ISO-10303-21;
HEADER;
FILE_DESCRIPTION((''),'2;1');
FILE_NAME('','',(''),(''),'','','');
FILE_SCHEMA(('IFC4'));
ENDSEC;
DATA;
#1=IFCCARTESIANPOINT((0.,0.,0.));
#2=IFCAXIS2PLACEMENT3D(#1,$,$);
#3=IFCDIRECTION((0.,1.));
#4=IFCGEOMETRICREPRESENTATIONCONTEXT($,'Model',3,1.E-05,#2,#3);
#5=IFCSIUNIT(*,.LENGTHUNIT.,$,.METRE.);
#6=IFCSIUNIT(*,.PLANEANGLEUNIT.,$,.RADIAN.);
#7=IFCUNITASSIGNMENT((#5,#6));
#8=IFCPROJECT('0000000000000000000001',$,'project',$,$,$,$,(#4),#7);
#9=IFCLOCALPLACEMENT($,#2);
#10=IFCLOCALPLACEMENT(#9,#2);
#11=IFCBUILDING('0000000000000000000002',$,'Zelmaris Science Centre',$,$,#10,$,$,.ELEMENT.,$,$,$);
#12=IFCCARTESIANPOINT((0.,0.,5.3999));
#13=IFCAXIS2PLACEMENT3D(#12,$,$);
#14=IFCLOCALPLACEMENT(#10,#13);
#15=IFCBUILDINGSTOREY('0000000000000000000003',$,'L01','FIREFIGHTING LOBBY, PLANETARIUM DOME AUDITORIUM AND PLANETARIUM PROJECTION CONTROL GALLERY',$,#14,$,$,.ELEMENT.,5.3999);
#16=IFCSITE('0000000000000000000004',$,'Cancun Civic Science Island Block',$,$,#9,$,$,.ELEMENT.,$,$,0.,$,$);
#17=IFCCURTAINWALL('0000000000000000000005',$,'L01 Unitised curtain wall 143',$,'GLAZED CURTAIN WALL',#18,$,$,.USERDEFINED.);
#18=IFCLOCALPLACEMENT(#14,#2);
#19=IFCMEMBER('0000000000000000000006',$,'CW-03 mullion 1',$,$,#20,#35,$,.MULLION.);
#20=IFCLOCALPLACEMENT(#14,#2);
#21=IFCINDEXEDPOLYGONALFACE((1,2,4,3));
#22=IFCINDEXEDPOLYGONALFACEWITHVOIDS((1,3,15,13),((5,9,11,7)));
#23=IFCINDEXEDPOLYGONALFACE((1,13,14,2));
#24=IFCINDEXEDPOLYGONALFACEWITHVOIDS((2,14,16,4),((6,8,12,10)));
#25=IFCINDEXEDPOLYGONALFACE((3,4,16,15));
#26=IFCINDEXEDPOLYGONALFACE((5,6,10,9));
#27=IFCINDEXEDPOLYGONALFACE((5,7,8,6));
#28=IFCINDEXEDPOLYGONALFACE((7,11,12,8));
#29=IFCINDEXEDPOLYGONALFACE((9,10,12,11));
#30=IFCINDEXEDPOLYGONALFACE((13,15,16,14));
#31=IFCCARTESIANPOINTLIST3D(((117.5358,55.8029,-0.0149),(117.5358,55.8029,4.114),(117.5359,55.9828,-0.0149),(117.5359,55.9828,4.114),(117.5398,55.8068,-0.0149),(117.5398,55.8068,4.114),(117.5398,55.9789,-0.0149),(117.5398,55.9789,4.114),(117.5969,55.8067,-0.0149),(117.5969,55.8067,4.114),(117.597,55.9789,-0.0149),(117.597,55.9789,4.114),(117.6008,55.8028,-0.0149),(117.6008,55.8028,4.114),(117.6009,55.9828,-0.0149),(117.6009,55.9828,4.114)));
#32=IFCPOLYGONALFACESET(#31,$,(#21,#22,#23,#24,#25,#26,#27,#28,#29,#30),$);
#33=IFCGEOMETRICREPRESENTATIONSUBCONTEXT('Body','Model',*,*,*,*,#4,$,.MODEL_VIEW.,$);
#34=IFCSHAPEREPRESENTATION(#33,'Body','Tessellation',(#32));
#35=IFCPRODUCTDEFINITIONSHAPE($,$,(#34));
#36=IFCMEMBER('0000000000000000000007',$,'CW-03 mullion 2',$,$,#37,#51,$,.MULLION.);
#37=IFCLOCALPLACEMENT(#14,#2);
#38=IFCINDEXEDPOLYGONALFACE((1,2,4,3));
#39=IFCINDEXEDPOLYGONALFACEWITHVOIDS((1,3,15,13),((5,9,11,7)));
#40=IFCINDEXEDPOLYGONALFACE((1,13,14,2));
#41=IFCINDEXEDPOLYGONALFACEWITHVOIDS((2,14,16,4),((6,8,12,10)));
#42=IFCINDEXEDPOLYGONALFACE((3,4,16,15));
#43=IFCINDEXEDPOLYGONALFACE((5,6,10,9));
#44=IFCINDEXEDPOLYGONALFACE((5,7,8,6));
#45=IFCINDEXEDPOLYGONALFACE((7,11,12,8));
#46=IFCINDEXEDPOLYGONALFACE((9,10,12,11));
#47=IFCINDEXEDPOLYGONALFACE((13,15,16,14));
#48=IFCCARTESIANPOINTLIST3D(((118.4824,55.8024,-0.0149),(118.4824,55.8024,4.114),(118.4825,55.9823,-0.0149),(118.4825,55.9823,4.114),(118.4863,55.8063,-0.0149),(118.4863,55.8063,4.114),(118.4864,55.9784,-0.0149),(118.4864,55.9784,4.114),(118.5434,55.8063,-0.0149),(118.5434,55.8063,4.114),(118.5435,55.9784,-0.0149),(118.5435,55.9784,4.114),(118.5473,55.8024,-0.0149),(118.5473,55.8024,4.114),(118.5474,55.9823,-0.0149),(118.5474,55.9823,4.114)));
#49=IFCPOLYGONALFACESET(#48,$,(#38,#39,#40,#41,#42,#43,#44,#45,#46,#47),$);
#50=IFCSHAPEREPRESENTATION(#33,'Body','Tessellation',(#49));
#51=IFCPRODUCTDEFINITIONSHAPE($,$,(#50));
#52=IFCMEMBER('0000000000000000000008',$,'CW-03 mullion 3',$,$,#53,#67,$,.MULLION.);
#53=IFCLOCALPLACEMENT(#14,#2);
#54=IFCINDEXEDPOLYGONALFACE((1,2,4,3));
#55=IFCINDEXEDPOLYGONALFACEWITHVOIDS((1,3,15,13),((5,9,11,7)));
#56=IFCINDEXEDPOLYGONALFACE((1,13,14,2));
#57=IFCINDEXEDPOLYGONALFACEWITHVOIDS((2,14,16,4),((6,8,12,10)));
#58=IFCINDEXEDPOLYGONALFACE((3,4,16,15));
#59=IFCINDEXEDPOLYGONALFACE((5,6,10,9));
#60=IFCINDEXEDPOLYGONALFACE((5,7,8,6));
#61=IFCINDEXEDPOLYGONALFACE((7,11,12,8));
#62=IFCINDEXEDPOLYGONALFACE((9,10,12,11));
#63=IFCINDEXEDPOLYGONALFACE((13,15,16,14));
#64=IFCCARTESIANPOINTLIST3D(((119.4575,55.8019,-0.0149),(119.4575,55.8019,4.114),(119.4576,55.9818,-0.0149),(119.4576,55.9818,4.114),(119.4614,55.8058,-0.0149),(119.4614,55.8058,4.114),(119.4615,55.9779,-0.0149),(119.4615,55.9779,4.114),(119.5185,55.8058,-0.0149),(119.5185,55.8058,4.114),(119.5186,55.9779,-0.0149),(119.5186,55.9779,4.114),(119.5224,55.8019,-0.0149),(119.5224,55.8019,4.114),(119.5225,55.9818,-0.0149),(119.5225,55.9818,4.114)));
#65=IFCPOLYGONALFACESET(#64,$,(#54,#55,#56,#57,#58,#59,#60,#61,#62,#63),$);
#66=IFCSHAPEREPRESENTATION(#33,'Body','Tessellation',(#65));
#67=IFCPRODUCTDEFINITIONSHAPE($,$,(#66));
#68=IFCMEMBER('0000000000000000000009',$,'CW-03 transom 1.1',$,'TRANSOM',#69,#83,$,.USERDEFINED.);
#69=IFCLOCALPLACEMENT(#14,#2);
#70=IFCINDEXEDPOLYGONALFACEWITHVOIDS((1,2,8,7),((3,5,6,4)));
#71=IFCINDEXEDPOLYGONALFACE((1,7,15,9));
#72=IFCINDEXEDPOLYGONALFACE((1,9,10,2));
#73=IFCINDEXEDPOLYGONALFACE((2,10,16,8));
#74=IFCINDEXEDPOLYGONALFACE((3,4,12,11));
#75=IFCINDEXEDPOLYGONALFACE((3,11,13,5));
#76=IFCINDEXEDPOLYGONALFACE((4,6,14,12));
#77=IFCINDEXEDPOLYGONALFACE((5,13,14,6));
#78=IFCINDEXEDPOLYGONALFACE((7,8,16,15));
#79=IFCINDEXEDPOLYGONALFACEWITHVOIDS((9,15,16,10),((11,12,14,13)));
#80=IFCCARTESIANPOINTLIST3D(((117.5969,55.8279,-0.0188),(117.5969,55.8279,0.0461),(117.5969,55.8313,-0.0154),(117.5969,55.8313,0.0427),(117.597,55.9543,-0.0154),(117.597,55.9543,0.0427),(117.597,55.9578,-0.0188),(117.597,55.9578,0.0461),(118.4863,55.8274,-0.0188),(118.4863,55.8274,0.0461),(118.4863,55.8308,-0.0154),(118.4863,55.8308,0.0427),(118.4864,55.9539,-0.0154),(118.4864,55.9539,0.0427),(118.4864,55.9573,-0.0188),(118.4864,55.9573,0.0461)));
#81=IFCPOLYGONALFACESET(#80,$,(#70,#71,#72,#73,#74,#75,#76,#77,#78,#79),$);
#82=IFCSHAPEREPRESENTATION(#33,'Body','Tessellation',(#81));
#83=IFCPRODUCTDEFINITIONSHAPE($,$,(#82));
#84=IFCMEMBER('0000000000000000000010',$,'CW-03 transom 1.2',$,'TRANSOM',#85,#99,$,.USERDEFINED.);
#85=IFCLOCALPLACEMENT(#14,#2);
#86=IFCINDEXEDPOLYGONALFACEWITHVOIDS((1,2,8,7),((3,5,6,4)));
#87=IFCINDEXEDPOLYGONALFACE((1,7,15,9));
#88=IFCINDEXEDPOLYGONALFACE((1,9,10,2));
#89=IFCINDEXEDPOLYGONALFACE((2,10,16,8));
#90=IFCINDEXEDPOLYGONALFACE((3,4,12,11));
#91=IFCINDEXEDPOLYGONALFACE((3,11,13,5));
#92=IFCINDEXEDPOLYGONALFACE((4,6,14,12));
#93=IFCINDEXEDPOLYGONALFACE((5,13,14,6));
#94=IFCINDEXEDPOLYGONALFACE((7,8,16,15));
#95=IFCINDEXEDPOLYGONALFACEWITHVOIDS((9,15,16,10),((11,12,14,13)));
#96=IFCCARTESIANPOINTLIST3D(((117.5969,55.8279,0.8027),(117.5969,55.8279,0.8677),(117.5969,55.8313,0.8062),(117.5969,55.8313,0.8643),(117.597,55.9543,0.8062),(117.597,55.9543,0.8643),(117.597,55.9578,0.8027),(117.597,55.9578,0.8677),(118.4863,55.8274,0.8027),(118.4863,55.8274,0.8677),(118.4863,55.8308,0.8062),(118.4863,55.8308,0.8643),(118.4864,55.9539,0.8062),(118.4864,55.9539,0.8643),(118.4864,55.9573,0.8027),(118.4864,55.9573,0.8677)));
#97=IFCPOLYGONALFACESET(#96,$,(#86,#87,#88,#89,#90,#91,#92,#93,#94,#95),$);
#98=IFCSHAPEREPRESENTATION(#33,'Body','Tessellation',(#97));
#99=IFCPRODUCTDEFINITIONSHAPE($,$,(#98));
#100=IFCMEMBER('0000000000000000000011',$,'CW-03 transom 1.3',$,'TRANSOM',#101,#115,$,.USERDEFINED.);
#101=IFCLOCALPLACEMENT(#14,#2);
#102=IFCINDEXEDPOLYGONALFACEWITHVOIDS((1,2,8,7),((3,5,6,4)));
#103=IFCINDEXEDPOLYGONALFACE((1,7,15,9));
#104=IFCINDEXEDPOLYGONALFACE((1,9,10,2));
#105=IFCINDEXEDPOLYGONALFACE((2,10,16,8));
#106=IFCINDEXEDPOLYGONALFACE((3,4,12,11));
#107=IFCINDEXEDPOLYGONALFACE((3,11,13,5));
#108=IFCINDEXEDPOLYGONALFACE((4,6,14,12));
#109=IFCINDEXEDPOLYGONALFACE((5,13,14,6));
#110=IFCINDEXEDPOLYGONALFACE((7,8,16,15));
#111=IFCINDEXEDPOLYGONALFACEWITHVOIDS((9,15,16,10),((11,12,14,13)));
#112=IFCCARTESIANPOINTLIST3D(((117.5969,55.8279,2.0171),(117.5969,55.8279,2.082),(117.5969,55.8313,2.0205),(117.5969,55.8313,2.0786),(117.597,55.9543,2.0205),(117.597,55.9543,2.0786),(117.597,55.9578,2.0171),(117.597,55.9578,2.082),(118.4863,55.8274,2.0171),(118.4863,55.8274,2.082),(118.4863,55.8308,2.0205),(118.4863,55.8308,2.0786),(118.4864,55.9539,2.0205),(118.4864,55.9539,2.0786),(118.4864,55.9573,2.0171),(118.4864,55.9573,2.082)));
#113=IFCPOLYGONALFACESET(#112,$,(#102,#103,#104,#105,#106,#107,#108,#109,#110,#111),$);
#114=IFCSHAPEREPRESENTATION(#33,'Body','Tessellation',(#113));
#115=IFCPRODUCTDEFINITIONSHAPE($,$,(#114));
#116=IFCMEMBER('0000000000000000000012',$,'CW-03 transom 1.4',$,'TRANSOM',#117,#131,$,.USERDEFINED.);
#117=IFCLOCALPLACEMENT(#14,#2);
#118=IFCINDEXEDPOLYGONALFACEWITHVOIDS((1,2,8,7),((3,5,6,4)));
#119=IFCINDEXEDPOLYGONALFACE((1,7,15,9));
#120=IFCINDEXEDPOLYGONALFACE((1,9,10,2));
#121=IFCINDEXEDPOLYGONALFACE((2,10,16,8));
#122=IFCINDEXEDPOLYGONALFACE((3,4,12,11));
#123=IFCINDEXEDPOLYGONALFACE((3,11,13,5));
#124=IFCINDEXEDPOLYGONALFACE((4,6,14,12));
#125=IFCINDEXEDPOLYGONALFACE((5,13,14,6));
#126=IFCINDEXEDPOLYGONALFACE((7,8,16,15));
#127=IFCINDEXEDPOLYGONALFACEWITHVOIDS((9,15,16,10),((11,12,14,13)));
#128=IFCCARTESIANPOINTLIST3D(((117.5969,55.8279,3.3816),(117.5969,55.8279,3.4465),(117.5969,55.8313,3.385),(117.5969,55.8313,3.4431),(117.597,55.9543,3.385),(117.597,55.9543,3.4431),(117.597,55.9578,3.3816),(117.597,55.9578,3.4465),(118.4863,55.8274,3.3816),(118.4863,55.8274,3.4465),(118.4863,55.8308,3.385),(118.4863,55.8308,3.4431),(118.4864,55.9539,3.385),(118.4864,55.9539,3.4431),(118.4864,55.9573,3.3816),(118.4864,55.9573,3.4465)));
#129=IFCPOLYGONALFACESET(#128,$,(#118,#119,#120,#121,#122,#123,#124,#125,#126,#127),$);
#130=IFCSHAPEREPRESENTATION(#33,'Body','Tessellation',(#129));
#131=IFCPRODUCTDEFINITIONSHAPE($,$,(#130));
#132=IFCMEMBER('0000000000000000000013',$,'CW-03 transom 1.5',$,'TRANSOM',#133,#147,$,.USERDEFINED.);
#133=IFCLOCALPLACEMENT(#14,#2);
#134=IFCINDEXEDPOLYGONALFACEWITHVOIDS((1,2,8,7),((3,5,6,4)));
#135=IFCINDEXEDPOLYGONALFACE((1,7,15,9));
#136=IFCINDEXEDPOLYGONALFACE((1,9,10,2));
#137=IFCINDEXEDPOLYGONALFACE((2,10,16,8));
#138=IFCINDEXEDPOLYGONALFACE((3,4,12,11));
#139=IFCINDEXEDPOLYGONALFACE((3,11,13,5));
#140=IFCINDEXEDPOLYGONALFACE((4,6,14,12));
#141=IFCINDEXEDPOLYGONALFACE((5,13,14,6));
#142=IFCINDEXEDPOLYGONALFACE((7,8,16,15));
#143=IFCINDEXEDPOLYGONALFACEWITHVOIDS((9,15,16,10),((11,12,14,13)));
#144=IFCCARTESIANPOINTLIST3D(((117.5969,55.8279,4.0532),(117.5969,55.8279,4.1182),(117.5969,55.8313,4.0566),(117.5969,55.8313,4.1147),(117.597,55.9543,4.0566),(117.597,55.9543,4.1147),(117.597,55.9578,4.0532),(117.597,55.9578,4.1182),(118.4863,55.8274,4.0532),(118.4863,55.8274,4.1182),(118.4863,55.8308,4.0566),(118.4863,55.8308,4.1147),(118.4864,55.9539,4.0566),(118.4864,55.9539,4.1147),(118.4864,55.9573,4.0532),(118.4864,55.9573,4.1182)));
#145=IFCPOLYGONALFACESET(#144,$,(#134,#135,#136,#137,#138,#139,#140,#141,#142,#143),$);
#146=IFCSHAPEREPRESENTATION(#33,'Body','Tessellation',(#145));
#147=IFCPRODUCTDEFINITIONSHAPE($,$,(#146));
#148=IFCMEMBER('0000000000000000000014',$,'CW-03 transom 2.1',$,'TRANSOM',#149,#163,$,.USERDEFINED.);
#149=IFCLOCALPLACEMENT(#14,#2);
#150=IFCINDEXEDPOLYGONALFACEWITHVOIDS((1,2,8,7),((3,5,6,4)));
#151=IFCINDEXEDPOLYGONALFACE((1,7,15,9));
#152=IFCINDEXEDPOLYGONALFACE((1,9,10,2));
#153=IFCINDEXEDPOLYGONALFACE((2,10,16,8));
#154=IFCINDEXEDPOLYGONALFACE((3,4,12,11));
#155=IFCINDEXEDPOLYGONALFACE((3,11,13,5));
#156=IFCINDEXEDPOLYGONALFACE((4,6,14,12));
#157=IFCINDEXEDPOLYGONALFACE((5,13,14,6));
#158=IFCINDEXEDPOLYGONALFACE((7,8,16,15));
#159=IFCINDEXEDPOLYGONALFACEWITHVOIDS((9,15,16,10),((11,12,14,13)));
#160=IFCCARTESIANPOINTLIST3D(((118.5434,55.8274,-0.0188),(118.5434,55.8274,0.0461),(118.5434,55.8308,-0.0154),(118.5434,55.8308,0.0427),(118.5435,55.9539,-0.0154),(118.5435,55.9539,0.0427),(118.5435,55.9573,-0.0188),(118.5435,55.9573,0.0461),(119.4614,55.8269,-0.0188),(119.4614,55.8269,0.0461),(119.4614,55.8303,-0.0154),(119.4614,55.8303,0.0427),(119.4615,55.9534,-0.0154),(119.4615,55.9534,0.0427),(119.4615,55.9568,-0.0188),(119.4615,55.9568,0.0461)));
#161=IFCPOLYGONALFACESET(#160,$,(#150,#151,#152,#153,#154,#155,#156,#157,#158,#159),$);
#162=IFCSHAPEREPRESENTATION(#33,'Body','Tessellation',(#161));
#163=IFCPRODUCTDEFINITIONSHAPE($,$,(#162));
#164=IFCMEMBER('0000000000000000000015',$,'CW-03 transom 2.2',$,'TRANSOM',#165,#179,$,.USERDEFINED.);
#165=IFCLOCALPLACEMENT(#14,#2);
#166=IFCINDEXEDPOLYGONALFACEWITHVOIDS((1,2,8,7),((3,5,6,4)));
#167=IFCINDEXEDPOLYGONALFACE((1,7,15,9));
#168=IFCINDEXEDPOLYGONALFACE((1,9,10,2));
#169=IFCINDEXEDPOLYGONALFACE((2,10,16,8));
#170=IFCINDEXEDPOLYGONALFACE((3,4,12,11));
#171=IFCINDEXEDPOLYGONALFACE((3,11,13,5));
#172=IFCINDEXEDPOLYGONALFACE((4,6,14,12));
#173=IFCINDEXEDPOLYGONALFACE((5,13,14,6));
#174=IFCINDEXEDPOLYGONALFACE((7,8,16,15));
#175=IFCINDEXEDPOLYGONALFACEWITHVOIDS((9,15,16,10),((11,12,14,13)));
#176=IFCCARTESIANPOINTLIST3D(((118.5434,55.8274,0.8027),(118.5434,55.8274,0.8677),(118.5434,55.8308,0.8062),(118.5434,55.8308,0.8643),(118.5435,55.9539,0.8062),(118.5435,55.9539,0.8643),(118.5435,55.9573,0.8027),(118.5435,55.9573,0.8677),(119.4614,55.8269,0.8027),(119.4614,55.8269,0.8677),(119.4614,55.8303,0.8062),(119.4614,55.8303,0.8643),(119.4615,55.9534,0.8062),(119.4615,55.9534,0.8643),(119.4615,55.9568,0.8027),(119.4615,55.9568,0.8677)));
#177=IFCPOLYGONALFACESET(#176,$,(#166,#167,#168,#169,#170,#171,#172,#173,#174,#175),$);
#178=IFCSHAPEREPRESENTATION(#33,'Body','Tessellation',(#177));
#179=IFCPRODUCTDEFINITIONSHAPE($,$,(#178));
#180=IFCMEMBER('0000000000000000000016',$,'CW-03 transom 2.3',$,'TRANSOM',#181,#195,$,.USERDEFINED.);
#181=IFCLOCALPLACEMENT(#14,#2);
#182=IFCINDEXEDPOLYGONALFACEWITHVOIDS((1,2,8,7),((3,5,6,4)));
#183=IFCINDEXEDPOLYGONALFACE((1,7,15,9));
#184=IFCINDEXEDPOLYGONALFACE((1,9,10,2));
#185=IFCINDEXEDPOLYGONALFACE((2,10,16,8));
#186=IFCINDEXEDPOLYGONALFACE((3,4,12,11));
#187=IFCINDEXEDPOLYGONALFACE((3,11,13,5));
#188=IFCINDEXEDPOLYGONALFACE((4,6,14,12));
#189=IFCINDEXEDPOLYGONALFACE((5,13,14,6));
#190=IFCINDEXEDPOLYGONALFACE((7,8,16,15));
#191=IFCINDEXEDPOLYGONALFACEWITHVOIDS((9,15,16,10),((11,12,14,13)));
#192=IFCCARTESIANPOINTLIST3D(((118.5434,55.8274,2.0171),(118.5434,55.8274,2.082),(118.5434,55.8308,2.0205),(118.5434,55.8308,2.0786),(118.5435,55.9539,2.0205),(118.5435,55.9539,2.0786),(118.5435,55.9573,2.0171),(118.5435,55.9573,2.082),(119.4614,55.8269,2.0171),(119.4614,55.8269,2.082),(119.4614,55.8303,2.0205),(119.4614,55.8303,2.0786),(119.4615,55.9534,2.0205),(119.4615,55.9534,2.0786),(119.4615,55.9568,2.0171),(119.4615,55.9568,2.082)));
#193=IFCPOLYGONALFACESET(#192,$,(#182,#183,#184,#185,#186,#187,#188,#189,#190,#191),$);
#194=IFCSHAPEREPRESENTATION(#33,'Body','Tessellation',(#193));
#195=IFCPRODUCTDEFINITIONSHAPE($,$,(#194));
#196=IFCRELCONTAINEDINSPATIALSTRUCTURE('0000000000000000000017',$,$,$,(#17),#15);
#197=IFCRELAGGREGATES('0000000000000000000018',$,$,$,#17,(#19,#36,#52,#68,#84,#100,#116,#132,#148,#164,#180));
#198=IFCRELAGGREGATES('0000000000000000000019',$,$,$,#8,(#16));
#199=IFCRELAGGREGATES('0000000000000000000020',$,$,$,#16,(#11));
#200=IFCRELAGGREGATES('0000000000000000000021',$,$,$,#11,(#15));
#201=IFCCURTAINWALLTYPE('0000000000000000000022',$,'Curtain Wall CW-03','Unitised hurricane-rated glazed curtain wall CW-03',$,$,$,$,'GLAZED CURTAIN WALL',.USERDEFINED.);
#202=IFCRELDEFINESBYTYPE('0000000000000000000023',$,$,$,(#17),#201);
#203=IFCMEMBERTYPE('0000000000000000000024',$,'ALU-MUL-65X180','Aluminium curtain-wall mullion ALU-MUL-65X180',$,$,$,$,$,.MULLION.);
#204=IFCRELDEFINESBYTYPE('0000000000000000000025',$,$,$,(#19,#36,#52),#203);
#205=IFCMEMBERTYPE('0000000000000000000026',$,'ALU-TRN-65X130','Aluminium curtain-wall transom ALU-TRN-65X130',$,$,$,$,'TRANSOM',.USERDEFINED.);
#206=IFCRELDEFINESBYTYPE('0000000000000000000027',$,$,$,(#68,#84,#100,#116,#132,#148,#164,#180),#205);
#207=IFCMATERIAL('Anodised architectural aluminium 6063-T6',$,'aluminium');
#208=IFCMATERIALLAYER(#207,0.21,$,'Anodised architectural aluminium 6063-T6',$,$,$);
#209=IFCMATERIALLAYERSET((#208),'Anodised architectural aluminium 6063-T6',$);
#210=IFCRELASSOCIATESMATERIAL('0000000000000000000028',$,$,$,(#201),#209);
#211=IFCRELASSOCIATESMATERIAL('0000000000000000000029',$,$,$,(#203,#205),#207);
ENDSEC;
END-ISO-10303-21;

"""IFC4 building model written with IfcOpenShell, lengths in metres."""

from ifc_helpers import new_model, si_unit, direction, frame, origin, origin_2d, place, context, subcontext, project, spatial, hollow_rectangle, extrude, material, layer, layer_set, material_profile, profile_set, type_object, element, aggregate, save


model = new_model("IFC4")

# Units and contexts
model_context = context("Model", 3, precision=1e-05, world=origin(), true_north=direction((0.0, 1.0)))
body_context = subcontext(model_context, "Body", "Model", "MODEL_VIEW")
ifc_project = project(units=[si_unit("LENGTHUNIT", "METRE"), si_unit("PLANEANGLEUNIT", "RADIAN")], contexts=[model_context])

# Site, building, storey
site_placement = place(None, origin())
site = spatial("IfcSite", under=ifc_project, at=site_placement, Name="Cancun Civic Science Island Block", CompositionType="ELEMENT", RefElevation=0.0)
building_placement = place(site_placement, origin())
building = spatial("IfcBuilding", under=site, at=building_placement, Name="Zelmaris Science Centre", CompositionType="ELEMENT")
storey_placement = place(building_placement, frame((0.0, 0.0, 5.3999)))
storey = spatial("IfcBuildingStorey", under=building, at=storey_placement, Name="L01", Description="FIREFIGHTING LOBBY, PLANETARIUM DOME AUDITORIUM AND PLANETARIUM PROJECTION CONTROL GALLERY", CompositionType="ELEMENT", Elevation=5.3999)

# Curtain wall, members
ifc_material_1 = material(Name="Anodised architectural aluminium 6063-T6", Category="aluminium")
ifc_layer_1 = layer(ifc_material_1, 0.21, Name="Anodised architectural aluminium 6063-T6")
ifc_layer_set_1 = layer_set([ifc_layer_1], Name="Anodised architectural aluminium 6063-T6")
curtain_wall_type = type_object("IfcCurtainWallType", Name="Curtain Wall CW-03", Description="Unitised hurricane-rated glazed curtain wall CW-03", ElementType="GLAZED CURTAIN WALL", PredefinedType="USERDEFINED", material=ifc_layer_set_1)
curtain_wall_placement = place(storey_placement, origin())
curtain_wall = element("IfcCurtainWall", 1, at=curtain_wall_placement, inside=storey, type_object=curtain_wall_type, Name="L01 Unitised curtain wall 143", ObjectType="GLAZED CURTAIN WALL", PredefinedType="USERDEFINED")
ifc_material_profile_1 = material_profile(ifc_material_1, hollow_rectangle(XDim=0.0649, YDim=0.1799, WallThickness=0.0039, at=origin_2d()), Name="ALU-MUL-65X180")
ifc_profile_set_1 = profile_set([ifc_material_profile_1], Name="Anodised architectural aluminium 6063-T6")
member_type_1 = type_object("IfcMemberType", Name="ALU-MUL-65X180", Description="Aluminium curtain-wall mullion ALU-MUL-65X180", PredefinedType="MULLION", material=ifc_profile_set_1)
member_1_placement = place(storey_placement, frame((117.5684, 55.8928, -0.0149), z_axis=(0.0, 0.0, 1.0), x_axis=(1.0, -0.000489, 0.0)))
member_1 = element("IfcMember", 2, at=member_1_placement, type_object=member_type_1, Name="CW-03 mullion 1", PredefinedType="MULLION", context=body_context, shape_type="SweptSolid", body=[
    extrude(hollow_rectangle(XDim=0.0649, YDim=0.1799, WallThickness=0.0039, at=origin_2d()), origin(), (0.0, 0.0, 1.0), 4.1289),
])
member_2_placement = place(storey_placement, frame((118.5149, 55.8923, -0.0149), z_axis=(0.0, 0.0, 1.0), x_axis=(1.0, -0.000489, 0.0)))
member_2 = element("IfcMember", 3, at=member_2_placement, type_object=member_type_1, Name="CW-03 mullion 2", PredefinedType="MULLION", context=body_context, shape_type="SweptSolid", body=[
    extrude(hollow_rectangle(XDim=0.0649, YDim=0.1799, WallThickness=0.0039, at=origin_2d()), origin(), (0.0, 0.0, 1.0), 4.1289),
])
member_3_placement = place(storey_placement, frame((119.49, 55.8918, -0.0149), z_axis=(0.0, 0.0, 1.0), x_axis=(1.0, -0.000489, 0.0)))
member_3 = element("IfcMember", 4, at=member_3_placement, type_object=member_type_1, Name="CW-03 mullion 3", PredefinedType="MULLION", context=body_context, shape_type="SweptSolid", body=[
    extrude(hollow_rectangle(XDim=0.0649, YDim=0.1799, WallThickness=0.0039, at=origin_2d()), origin(), (0.0, 0.0, 1.0), 4.1289),
])
ifc_material_profile_2 = material_profile(ifc_material_1, hollow_rectangle(XDim=0.0649, YDim=0.1299, WallThickness=0.0034, at=origin_2d()), Name="ALU-TRN-65X130")
ifc_profile_set_2 = profile_set([ifc_material_profile_2], Name="Anodised architectural aluminium 6063-T6")
member_type_2 = type_object("IfcMemberType", Name="ALU-TRN-65X130", Description="Aluminium curtain-wall transom ALU-TRN-65X130", ElementType="TRANSOM", PredefinedType="USERDEFINED", material=ifc_profile_set_2)
member_4_placement = place(storey_placement, frame((117.5969, 55.8928, 0.0137), z_axis=(1.0, -0.000549, 0.0), x_axis=(0.0, 0.0, 1.0)))
member_4 = element("IfcMember", 5, at=member_4_placement, type_object=member_type_2, Name="CW-03 transom 1.1", ObjectType="TRANSOM", PredefinedType="USERDEFINED", context=body_context, shape_type="SweptSolid", body=[
    extrude(hollow_rectangle(XDim=0.0649, YDim=0.1299, WallThickness=0.0034, at=origin_2d()), origin(), (0.0, 0.0, 1.0), 0.8894),
])
member_5_placement = place(storey_placement, frame((117.5969, 55.8928, 0.8352), z_axis=(1.0, -0.000549, 0.0), x_axis=(0.0, 0.0, 1.0)))
member_5 = element("IfcMember", 6, at=member_5_placement, type_object=member_type_2, Name="CW-03 transom 1.2", ObjectType="TRANSOM", PredefinedType="USERDEFINED", context=body_context, shape_type="SweptSolid", body=[
    extrude(hollow_rectangle(XDim=0.0649, YDim=0.1299, WallThickness=0.0034, at=origin_2d()), origin(), (0.0, 0.0, 1.0), 0.8894),
])
member_6_placement = place(storey_placement, frame((117.5969, 55.8928, 2.0496), z_axis=(1.0, -0.000549, 0.0), x_axis=(0.0, 0.0, 1.0)))
member_6 = element("IfcMember", 7, at=member_6_placement, type_object=member_type_2, Name="CW-03 transom 1.3", ObjectType="TRANSOM", PredefinedType="USERDEFINED", context=body_context, shape_type="SweptSolid", body=[
    extrude(hollow_rectangle(XDim=0.0649, YDim=0.1299, WallThickness=0.0034, at=origin_2d()), origin(), (0.0, 0.0, 1.0), 0.8894),
])
member_7_placement = place(storey_placement, frame((117.5969, 55.8928, 3.4141), z_axis=(1.0, -0.000549, 0.0), x_axis=(0.0, 0.0, 1.0)))
member_7 = element("IfcMember", 8, at=member_7_placement, type_object=member_type_2, Name="CW-03 transom 1.4", ObjectType="TRANSOM", PredefinedType="USERDEFINED", context=body_context, shape_type="SweptSolid", body=[
    extrude(hollow_rectangle(XDim=0.0649, YDim=0.1299, WallThickness=0.0034, at=origin_2d()), origin(), (0.0, 0.0, 1.0), 0.8894),
])
member_8_placement = place(storey_placement, frame((117.5969, 55.8928, 4.0857), z_axis=(1.0, -0.000549, 0.0), x_axis=(0.0, 0.0, 1.0)))
member_8 = element("IfcMember", 9, at=member_8_placement, type_object=member_type_2, Name="CW-03 transom 1.5", ObjectType="TRANSOM", PredefinedType="USERDEFINED", context=body_context, shape_type="SweptSolid", body=[
    extrude(hollow_rectangle(XDim=0.0649, YDim=0.1299, WallThickness=0.0034, at=origin_2d()), origin(), (0.0, 0.0, 1.0), 0.8894),
])
member_9_placement = place(storey_placement, frame((118.5435, 55.8923, 0.0137), z_axis=(1.0, -0.000532, 0.0), x_axis=(0.0, 0.0, 1.0)))
member_9 = element("IfcMember", 10, at=member_9_placement, type_object=member_type_2, Name="CW-03 transom 2.1", ObjectType="TRANSOM", PredefinedType="USERDEFINED", context=body_context, shape_type="SweptSolid", body=[
    extrude(hollow_rectangle(XDim=0.0649, YDim=0.1299, WallThickness=0.0034, at=origin_2d()), origin(), (0.0, 0.0, 1.0), 0.918),
])
member_10_placement = place(storey_placement, frame((118.5435, 55.8923, 0.8352), z_axis=(1.0, -0.000532, 0.0), x_axis=(0.0, 0.0, 1.0)))
member_10 = element("IfcMember", 11, at=member_10_placement, type_object=member_type_2, Name="CW-03 transom 2.2", ObjectType="TRANSOM", PredefinedType="USERDEFINED", context=body_context, shape_type="SweptSolid", body=[
    extrude(hollow_rectangle(XDim=0.0649, YDim=0.1299, WallThickness=0.0034, at=origin_2d()), origin(), (0.0, 0.0, 1.0), 0.918),
])
member_11_placement = place(storey_placement, frame((118.5435, 55.8923, 2.0496), z_axis=(1.0, -0.000532, 0.0), x_axis=(0.0, 0.0, 1.0)))
member_11 = element("IfcMember", 12, at=member_11_placement, type_object=member_type_2, Name="CW-03 transom 2.3", ObjectType="TRANSOM", PredefinedType="USERDEFINED", context=body_context, shape_type="SweptSolid", body=[
    extrude(hollow_rectangle(XDim=0.0649, YDim=0.1299, WallThickness=0.0034, at=origin_2d()), origin(), (0.0, 0.0, 1.0), 0.918),
])
aggregate(curtain_wall, [member_1, member_2, member_3, member_4, member_5, member_6, member_7, member_8, member_9, member_10, member_11])

save(model, "model.ifc")
